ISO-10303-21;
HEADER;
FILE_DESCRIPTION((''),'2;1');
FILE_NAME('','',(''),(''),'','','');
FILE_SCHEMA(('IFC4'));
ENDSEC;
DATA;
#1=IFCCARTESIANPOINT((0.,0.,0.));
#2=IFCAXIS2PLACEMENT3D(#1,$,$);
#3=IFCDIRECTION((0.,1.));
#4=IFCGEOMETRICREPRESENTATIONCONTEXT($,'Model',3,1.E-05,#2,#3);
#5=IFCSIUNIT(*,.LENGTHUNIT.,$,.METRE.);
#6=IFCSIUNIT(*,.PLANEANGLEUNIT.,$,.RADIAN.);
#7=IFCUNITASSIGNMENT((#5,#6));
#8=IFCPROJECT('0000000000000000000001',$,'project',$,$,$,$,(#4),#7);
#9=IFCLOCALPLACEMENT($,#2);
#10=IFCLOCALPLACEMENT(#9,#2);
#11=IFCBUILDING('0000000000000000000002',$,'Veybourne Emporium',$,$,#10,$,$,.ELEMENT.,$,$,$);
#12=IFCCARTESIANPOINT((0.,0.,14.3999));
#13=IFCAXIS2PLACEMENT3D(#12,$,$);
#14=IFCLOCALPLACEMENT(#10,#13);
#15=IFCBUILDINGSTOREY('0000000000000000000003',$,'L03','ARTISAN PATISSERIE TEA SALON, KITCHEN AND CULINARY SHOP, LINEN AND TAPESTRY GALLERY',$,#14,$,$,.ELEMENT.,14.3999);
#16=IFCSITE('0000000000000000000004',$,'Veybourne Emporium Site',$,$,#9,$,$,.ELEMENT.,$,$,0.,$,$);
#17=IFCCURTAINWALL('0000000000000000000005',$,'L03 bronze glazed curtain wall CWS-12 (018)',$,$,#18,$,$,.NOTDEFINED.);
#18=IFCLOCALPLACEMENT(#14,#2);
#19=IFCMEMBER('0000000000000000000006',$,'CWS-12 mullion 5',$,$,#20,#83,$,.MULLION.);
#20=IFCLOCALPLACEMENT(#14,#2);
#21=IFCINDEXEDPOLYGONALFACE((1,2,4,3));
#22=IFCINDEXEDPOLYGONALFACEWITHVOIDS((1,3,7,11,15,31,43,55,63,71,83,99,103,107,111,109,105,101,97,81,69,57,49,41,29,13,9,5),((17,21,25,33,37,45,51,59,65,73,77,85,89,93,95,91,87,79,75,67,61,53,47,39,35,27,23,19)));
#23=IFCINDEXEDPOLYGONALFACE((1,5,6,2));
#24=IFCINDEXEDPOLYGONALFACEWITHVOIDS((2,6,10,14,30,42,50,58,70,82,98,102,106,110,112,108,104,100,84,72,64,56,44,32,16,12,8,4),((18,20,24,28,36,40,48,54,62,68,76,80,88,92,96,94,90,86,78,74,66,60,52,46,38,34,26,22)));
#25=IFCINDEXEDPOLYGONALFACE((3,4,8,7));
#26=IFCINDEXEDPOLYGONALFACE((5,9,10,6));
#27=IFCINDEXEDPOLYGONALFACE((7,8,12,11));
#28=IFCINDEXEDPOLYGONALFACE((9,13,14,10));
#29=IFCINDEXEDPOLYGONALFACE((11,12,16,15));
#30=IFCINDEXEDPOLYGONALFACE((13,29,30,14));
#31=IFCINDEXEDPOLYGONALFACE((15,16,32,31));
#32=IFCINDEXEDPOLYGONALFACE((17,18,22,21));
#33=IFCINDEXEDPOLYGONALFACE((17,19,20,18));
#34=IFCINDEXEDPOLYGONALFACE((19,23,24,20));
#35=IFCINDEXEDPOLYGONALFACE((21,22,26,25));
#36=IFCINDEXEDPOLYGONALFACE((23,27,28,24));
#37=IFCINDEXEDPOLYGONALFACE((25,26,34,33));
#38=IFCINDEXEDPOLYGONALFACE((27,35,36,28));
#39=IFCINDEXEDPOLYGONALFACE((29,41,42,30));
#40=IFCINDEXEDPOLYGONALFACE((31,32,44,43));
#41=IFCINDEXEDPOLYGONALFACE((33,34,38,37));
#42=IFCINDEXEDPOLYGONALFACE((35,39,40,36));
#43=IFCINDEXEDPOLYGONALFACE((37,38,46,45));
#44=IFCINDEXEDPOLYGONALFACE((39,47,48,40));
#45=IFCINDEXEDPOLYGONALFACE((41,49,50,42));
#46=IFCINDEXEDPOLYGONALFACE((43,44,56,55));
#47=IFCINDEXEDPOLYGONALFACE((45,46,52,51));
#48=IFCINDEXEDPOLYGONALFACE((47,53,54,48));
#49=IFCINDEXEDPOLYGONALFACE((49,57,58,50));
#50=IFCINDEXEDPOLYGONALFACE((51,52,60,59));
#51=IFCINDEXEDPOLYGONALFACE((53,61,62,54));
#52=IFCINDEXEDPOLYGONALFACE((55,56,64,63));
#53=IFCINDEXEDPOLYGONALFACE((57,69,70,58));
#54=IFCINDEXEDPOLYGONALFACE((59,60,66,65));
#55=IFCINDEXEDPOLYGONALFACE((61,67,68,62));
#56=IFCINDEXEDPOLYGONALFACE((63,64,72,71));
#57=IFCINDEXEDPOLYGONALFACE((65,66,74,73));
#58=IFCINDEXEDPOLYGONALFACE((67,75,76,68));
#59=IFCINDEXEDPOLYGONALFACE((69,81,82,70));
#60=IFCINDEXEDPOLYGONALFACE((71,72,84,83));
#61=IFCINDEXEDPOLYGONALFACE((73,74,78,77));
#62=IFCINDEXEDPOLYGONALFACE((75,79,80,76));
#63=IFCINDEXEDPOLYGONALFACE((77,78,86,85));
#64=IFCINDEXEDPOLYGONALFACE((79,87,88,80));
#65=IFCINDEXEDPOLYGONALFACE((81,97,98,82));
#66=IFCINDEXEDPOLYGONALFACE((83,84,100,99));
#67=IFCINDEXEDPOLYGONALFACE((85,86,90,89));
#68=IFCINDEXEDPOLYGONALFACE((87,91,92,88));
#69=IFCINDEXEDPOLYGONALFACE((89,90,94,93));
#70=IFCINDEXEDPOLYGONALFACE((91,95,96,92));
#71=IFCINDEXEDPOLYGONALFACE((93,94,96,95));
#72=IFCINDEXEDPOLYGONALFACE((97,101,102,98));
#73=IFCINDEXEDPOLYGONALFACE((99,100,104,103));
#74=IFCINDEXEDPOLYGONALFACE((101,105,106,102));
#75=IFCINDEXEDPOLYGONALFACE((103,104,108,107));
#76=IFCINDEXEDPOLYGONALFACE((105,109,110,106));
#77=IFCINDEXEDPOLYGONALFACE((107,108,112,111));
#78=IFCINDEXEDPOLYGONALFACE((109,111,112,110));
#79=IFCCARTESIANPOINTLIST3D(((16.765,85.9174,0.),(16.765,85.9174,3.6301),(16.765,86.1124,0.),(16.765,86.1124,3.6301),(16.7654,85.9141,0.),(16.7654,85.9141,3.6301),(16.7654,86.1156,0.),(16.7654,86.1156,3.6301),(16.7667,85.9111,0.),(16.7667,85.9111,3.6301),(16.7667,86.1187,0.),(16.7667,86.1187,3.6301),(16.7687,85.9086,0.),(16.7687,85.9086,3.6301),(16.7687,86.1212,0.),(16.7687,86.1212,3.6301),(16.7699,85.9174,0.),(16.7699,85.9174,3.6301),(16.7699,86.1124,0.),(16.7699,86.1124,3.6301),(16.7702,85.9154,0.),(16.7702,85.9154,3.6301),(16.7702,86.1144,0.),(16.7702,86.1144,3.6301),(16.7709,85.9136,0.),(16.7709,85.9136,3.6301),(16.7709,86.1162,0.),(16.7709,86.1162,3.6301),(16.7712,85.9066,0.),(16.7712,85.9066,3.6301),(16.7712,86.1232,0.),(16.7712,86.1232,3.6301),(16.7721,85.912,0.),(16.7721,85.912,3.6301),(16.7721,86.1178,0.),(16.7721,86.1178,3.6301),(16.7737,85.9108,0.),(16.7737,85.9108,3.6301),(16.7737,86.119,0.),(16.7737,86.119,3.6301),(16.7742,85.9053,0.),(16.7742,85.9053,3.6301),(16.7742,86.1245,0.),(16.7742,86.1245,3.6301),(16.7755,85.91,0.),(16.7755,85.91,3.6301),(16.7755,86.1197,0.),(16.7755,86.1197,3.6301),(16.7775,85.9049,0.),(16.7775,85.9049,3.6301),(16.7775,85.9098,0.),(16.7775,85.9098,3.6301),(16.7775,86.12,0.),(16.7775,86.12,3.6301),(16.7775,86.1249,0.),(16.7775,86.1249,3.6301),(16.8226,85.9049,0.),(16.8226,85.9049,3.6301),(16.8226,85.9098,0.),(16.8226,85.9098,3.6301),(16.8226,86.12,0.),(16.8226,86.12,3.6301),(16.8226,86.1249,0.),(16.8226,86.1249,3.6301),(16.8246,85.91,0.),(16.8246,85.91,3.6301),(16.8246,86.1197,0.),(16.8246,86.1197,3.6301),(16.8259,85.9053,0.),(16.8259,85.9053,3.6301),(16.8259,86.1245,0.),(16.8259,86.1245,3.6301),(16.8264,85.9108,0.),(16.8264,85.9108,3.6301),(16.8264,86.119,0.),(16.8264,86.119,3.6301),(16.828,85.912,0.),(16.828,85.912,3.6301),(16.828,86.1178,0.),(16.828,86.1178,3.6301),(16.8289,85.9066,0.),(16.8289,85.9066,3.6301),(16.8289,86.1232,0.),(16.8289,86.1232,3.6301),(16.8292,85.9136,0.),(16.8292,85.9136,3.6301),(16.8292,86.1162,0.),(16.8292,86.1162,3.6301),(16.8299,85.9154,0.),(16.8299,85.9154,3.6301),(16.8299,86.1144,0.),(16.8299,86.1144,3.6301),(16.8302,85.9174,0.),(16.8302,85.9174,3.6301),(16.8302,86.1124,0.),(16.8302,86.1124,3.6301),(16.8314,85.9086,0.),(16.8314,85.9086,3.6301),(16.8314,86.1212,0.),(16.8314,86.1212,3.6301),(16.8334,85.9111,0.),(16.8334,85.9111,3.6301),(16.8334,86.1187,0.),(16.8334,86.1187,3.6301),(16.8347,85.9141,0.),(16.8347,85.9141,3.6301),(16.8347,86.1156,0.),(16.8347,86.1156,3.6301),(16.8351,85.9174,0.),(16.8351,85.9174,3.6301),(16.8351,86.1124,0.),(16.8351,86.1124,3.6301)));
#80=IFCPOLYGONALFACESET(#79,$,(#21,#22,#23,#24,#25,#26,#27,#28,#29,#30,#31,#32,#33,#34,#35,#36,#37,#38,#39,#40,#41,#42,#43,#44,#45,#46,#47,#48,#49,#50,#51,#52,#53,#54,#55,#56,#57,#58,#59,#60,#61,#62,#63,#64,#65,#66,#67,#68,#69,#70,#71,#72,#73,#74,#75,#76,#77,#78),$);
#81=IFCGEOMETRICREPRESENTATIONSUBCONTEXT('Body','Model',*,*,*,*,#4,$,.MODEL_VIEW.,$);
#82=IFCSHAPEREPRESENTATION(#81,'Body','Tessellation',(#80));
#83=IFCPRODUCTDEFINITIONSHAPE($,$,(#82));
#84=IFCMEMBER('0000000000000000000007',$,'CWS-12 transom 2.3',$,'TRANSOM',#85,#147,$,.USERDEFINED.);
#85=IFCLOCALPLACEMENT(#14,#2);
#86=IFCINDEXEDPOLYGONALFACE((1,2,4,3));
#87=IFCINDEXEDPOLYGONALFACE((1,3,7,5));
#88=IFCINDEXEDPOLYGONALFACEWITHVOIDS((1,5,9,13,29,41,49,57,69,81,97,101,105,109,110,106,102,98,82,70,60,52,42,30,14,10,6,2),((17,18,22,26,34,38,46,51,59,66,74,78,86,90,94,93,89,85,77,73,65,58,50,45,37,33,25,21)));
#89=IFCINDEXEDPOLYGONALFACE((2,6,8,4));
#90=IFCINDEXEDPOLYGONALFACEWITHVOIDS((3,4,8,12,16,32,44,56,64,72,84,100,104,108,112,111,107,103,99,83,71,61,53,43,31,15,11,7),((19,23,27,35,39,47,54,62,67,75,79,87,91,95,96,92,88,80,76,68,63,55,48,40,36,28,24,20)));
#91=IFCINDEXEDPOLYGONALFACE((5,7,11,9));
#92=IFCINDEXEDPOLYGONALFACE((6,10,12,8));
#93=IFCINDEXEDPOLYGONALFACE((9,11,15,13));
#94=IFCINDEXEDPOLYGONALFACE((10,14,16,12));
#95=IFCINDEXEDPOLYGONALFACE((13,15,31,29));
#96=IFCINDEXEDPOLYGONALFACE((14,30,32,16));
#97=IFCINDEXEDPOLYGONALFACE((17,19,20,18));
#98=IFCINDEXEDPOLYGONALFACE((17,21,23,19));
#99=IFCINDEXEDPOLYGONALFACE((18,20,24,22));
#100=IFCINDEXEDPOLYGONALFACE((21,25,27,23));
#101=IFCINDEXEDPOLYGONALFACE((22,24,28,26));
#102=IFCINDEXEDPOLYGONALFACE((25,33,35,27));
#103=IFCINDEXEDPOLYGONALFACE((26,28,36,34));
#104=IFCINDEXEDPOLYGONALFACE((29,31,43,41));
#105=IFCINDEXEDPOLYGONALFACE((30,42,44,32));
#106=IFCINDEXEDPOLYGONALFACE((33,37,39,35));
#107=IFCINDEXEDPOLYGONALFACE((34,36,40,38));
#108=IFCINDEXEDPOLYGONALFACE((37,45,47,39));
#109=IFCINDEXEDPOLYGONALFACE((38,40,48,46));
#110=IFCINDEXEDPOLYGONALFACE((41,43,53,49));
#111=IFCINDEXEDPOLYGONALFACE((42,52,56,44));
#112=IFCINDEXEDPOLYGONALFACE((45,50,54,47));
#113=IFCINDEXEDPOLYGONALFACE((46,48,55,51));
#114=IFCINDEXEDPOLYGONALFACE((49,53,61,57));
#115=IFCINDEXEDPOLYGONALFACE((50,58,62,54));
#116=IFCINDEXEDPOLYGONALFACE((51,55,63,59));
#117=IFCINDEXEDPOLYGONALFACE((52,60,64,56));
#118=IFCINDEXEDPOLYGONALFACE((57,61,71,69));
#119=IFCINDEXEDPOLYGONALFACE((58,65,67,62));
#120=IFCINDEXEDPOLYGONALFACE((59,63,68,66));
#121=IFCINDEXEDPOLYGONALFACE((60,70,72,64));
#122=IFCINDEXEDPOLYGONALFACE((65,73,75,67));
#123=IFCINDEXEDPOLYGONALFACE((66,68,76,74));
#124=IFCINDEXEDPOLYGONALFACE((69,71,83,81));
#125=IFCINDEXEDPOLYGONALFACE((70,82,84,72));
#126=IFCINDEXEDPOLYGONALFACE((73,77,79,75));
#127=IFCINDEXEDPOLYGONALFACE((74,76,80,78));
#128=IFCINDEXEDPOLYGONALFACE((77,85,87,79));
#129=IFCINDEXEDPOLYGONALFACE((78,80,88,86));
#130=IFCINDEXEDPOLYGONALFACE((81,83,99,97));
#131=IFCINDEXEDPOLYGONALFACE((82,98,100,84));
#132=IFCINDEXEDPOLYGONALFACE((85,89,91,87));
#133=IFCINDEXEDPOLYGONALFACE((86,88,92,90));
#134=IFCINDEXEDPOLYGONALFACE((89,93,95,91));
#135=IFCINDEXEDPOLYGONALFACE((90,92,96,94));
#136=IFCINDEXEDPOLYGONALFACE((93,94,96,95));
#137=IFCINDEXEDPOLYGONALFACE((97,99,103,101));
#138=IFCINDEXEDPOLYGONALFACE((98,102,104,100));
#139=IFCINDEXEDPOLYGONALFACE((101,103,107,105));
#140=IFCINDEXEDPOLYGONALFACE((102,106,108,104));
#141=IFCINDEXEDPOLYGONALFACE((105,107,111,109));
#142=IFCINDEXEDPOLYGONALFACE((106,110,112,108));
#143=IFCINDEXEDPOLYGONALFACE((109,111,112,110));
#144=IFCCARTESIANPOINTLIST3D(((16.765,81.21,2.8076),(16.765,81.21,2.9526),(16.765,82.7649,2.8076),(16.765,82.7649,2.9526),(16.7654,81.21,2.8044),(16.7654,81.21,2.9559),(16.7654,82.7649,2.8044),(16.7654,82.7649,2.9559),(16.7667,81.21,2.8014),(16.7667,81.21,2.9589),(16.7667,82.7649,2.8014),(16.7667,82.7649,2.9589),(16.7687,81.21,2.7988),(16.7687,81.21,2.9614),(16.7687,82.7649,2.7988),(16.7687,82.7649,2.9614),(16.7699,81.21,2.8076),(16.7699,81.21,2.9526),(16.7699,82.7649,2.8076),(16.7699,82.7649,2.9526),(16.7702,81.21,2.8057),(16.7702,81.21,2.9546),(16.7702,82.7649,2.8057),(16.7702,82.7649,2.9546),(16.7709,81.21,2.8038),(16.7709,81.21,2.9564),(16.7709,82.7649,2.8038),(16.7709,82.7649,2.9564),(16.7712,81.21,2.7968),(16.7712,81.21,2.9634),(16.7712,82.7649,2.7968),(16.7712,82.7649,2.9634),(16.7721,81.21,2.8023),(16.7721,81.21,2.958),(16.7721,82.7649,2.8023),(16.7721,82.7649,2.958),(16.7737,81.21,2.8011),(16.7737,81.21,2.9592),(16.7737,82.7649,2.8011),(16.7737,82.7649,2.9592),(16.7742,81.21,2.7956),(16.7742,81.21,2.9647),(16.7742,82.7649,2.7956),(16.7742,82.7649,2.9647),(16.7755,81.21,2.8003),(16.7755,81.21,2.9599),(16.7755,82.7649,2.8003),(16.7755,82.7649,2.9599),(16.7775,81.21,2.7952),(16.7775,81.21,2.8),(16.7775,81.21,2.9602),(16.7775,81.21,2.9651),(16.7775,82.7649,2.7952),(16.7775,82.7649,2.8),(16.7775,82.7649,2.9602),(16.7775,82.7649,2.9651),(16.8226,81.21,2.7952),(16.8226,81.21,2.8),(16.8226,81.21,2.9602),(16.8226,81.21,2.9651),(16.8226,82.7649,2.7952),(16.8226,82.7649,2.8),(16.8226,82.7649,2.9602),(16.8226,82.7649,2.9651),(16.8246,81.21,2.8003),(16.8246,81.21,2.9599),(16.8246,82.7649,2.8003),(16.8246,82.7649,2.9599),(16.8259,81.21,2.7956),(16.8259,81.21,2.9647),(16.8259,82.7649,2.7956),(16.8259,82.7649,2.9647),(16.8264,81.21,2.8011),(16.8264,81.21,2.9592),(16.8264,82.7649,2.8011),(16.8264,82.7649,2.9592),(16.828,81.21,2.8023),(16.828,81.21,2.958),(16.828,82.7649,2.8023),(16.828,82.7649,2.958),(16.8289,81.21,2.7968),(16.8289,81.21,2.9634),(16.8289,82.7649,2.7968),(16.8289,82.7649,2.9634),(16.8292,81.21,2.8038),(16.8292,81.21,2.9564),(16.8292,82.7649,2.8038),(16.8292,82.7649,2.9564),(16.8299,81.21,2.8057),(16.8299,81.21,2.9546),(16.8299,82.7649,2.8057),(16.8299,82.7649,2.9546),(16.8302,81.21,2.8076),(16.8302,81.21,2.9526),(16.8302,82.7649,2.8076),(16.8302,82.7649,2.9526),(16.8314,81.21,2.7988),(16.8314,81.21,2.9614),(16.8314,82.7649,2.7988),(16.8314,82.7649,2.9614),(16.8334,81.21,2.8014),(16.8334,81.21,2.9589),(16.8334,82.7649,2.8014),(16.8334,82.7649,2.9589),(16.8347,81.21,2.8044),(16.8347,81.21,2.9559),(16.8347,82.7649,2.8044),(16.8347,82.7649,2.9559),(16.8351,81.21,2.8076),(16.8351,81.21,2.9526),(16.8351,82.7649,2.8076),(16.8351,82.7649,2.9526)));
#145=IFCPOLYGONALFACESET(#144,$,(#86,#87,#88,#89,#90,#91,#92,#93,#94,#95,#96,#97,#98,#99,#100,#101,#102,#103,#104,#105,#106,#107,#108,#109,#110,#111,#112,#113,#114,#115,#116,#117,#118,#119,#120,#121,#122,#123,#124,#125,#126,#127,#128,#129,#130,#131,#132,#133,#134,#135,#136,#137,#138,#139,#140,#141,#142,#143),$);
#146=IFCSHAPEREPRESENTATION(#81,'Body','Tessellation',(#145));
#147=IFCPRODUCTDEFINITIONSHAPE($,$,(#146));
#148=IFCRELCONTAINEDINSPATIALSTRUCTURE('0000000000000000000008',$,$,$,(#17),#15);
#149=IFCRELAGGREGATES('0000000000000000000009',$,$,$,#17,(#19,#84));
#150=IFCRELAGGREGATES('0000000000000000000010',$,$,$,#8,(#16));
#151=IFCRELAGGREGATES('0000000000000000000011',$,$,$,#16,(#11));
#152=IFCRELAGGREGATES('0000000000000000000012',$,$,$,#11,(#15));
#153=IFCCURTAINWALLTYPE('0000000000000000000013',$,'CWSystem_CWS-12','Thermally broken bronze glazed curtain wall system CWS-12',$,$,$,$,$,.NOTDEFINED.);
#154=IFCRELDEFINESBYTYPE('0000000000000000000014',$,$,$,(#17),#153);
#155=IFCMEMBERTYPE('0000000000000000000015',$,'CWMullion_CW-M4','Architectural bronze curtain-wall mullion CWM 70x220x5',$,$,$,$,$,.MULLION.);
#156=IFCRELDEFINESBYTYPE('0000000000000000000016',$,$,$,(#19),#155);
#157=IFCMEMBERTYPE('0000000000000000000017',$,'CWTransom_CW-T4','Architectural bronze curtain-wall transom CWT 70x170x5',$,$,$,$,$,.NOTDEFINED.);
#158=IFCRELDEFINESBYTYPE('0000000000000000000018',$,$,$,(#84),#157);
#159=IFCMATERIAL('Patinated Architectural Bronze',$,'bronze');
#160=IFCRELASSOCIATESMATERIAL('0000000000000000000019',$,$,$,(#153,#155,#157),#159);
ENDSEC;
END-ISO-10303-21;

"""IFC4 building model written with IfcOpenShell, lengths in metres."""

from ifc_helpers import new_model, si_unit, direction, frame, origin, origin_2d, place, context, subcontext, project, spatial, hollow_rectangle, extrude, material, material_profile, profile_set, type_object, element, aggregate, save


model = new_model("IFC4")

# Units and contexts
model_context = context("Model", 3, precision=1e-05, world=origin(), true_north=direction((0.0, 1.0)))
body_context = subcontext(model_context, "Body", "Model", "MODEL_VIEW")
ifc_project = project(units=[si_unit("LENGTHUNIT", "METRE"), si_unit("PLANEANGLEUNIT", "RADIAN")], contexts=[model_context])

# Site, building, storey
site_placement = place(None, origin())
site = spatial("IfcSite", under=ifc_project, at=site_placement, Name="Veybourne Emporium Site", CompositionType="ELEMENT", RefElevation=0.0)
building_placement = place(site_placement, origin())
building = spatial("IfcBuilding", under=site, at=building_placement, Name="Veybourne Emporium", CompositionType="ELEMENT")
storey_placement = place(building_placement, frame((0.0, 0.0, 14.3999)))
storey = spatial("IfcBuildingStorey", under=building, at=storey_placement, Name="L03", Description="ARTISAN PATISSERIE TEA SALON, KITCHEN AND CULINARY SHOP, LINEN AND TAPESTRY GALLERY", CompositionType="ELEMENT", Elevation=14.3999)

# Curtain wall, members
ifc_material_1 = material(Name="Patinated Architectural Bronze", Category="bronze")
curtain_wall_type = type_object("IfcCurtainWallType", Name="CWSystem_CWS-12", Description="Thermally broken bronze glazed curtain wall system CWS-12", PredefinedType="NOTDEFINED", material=ifc_material_1)
curtain_wall_placement = place(storey_placement, origin())
curtain_wall = element("IfcCurtainWall", 1, at=curtain_wall_placement, inside=storey, type_object=curtain_wall_type, Name="L03 bronze glazed curtain wall CWS-12 (018)", PredefinedType="NOTDEFINED")
ifc_material_profile_1 = material_profile(ifc_material_1, hollow_rectangle(XDim=0.0701, YDim=0.22, WallThickness=0.0049, InnerFilletRadius=0.0076, OuterFilletRadius=0.0125, at=origin_2d()), Name="CWM 70x220x5")
ifc_profile_set_1 = profile_set([ifc_material_profile_1], Name="Patinated Architectural Bronze")
member_type_1 = type_object("IfcMemberType", Name="CWMullion_CW-M4", Description="Architectural bronze curtain-wall mullion CWM 70x220x5", PredefinedType="MULLION", material=ifc_profile_set_1)
member_1_placement = place(storey_placement, frame((16.8, 86.0149, 0.0), z_axis=(0.0, 0.0, 1.0), x_axis=(-1.0, 0.0, 0.0)))
member_1 = element("IfcMember", 2, at=member_1_placement, type_object=member_type_1, Name="CWS-12 mullion 5", PredefinedType="MULLION", context=body_context, shape_type="SweptSolid", body=[
    extrude(hollow_rectangle(XDim=0.0701, YDim=0.22, WallThickness=0.0049, InnerFilletRadius=0.0076, OuterFilletRadius=0.0125, at=origin_2d()), origin(), (0.0, 0.0, 1.0), 3.6301),
])
ifc_material_profile_2 = material_profile(ifc_material_1, hollow_rectangle(XDim=0.0701, YDim=0.1699, WallThickness=0.0049, InnerFilletRadius=0.0076, OuterFilletRadius=0.0125, at=origin_2d()), Name="CWT 70x170x5")
ifc_profile_set_2 = profile_set([ifc_material_profile_2], Name="Patinated Architectural Bronze")
member_type_2 = type_object("IfcMemberType", Name="CWTransom_CW-T4", Description="Architectural bronze curtain-wall transom CWT 70x170x5", PredefinedType="NOTDEFINED", material=ifc_profile_set_2)
member_2_placement = place(storey_placement, frame((16.8, 81.21, 2.8801), z_axis=(0.0, 1.0, 0.0), x_axis=(-1.0, 0.0, 0.0)))
member_2 = element("IfcMember", 3, at=member_2_placement, type_object=member_type_2, Name="CWS-12 transom 2.3", ObjectType="TRANSOM", PredefinedType="USERDEFINED", context=body_context, shape_type="SweptSolid", body=[
    extrude(hollow_rectangle(XDim=0.0701, YDim=0.1699, WallThickness=0.0049, InnerFilletRadius=0.0076, OuterFilletRadius=0.0125, at=origin_2d()), origin(), (0.0, 0.0, 1.0), 1.5549),
])

aggregate(curtain_wall, [member_1, member_2])

save(model, "model.ifc")
